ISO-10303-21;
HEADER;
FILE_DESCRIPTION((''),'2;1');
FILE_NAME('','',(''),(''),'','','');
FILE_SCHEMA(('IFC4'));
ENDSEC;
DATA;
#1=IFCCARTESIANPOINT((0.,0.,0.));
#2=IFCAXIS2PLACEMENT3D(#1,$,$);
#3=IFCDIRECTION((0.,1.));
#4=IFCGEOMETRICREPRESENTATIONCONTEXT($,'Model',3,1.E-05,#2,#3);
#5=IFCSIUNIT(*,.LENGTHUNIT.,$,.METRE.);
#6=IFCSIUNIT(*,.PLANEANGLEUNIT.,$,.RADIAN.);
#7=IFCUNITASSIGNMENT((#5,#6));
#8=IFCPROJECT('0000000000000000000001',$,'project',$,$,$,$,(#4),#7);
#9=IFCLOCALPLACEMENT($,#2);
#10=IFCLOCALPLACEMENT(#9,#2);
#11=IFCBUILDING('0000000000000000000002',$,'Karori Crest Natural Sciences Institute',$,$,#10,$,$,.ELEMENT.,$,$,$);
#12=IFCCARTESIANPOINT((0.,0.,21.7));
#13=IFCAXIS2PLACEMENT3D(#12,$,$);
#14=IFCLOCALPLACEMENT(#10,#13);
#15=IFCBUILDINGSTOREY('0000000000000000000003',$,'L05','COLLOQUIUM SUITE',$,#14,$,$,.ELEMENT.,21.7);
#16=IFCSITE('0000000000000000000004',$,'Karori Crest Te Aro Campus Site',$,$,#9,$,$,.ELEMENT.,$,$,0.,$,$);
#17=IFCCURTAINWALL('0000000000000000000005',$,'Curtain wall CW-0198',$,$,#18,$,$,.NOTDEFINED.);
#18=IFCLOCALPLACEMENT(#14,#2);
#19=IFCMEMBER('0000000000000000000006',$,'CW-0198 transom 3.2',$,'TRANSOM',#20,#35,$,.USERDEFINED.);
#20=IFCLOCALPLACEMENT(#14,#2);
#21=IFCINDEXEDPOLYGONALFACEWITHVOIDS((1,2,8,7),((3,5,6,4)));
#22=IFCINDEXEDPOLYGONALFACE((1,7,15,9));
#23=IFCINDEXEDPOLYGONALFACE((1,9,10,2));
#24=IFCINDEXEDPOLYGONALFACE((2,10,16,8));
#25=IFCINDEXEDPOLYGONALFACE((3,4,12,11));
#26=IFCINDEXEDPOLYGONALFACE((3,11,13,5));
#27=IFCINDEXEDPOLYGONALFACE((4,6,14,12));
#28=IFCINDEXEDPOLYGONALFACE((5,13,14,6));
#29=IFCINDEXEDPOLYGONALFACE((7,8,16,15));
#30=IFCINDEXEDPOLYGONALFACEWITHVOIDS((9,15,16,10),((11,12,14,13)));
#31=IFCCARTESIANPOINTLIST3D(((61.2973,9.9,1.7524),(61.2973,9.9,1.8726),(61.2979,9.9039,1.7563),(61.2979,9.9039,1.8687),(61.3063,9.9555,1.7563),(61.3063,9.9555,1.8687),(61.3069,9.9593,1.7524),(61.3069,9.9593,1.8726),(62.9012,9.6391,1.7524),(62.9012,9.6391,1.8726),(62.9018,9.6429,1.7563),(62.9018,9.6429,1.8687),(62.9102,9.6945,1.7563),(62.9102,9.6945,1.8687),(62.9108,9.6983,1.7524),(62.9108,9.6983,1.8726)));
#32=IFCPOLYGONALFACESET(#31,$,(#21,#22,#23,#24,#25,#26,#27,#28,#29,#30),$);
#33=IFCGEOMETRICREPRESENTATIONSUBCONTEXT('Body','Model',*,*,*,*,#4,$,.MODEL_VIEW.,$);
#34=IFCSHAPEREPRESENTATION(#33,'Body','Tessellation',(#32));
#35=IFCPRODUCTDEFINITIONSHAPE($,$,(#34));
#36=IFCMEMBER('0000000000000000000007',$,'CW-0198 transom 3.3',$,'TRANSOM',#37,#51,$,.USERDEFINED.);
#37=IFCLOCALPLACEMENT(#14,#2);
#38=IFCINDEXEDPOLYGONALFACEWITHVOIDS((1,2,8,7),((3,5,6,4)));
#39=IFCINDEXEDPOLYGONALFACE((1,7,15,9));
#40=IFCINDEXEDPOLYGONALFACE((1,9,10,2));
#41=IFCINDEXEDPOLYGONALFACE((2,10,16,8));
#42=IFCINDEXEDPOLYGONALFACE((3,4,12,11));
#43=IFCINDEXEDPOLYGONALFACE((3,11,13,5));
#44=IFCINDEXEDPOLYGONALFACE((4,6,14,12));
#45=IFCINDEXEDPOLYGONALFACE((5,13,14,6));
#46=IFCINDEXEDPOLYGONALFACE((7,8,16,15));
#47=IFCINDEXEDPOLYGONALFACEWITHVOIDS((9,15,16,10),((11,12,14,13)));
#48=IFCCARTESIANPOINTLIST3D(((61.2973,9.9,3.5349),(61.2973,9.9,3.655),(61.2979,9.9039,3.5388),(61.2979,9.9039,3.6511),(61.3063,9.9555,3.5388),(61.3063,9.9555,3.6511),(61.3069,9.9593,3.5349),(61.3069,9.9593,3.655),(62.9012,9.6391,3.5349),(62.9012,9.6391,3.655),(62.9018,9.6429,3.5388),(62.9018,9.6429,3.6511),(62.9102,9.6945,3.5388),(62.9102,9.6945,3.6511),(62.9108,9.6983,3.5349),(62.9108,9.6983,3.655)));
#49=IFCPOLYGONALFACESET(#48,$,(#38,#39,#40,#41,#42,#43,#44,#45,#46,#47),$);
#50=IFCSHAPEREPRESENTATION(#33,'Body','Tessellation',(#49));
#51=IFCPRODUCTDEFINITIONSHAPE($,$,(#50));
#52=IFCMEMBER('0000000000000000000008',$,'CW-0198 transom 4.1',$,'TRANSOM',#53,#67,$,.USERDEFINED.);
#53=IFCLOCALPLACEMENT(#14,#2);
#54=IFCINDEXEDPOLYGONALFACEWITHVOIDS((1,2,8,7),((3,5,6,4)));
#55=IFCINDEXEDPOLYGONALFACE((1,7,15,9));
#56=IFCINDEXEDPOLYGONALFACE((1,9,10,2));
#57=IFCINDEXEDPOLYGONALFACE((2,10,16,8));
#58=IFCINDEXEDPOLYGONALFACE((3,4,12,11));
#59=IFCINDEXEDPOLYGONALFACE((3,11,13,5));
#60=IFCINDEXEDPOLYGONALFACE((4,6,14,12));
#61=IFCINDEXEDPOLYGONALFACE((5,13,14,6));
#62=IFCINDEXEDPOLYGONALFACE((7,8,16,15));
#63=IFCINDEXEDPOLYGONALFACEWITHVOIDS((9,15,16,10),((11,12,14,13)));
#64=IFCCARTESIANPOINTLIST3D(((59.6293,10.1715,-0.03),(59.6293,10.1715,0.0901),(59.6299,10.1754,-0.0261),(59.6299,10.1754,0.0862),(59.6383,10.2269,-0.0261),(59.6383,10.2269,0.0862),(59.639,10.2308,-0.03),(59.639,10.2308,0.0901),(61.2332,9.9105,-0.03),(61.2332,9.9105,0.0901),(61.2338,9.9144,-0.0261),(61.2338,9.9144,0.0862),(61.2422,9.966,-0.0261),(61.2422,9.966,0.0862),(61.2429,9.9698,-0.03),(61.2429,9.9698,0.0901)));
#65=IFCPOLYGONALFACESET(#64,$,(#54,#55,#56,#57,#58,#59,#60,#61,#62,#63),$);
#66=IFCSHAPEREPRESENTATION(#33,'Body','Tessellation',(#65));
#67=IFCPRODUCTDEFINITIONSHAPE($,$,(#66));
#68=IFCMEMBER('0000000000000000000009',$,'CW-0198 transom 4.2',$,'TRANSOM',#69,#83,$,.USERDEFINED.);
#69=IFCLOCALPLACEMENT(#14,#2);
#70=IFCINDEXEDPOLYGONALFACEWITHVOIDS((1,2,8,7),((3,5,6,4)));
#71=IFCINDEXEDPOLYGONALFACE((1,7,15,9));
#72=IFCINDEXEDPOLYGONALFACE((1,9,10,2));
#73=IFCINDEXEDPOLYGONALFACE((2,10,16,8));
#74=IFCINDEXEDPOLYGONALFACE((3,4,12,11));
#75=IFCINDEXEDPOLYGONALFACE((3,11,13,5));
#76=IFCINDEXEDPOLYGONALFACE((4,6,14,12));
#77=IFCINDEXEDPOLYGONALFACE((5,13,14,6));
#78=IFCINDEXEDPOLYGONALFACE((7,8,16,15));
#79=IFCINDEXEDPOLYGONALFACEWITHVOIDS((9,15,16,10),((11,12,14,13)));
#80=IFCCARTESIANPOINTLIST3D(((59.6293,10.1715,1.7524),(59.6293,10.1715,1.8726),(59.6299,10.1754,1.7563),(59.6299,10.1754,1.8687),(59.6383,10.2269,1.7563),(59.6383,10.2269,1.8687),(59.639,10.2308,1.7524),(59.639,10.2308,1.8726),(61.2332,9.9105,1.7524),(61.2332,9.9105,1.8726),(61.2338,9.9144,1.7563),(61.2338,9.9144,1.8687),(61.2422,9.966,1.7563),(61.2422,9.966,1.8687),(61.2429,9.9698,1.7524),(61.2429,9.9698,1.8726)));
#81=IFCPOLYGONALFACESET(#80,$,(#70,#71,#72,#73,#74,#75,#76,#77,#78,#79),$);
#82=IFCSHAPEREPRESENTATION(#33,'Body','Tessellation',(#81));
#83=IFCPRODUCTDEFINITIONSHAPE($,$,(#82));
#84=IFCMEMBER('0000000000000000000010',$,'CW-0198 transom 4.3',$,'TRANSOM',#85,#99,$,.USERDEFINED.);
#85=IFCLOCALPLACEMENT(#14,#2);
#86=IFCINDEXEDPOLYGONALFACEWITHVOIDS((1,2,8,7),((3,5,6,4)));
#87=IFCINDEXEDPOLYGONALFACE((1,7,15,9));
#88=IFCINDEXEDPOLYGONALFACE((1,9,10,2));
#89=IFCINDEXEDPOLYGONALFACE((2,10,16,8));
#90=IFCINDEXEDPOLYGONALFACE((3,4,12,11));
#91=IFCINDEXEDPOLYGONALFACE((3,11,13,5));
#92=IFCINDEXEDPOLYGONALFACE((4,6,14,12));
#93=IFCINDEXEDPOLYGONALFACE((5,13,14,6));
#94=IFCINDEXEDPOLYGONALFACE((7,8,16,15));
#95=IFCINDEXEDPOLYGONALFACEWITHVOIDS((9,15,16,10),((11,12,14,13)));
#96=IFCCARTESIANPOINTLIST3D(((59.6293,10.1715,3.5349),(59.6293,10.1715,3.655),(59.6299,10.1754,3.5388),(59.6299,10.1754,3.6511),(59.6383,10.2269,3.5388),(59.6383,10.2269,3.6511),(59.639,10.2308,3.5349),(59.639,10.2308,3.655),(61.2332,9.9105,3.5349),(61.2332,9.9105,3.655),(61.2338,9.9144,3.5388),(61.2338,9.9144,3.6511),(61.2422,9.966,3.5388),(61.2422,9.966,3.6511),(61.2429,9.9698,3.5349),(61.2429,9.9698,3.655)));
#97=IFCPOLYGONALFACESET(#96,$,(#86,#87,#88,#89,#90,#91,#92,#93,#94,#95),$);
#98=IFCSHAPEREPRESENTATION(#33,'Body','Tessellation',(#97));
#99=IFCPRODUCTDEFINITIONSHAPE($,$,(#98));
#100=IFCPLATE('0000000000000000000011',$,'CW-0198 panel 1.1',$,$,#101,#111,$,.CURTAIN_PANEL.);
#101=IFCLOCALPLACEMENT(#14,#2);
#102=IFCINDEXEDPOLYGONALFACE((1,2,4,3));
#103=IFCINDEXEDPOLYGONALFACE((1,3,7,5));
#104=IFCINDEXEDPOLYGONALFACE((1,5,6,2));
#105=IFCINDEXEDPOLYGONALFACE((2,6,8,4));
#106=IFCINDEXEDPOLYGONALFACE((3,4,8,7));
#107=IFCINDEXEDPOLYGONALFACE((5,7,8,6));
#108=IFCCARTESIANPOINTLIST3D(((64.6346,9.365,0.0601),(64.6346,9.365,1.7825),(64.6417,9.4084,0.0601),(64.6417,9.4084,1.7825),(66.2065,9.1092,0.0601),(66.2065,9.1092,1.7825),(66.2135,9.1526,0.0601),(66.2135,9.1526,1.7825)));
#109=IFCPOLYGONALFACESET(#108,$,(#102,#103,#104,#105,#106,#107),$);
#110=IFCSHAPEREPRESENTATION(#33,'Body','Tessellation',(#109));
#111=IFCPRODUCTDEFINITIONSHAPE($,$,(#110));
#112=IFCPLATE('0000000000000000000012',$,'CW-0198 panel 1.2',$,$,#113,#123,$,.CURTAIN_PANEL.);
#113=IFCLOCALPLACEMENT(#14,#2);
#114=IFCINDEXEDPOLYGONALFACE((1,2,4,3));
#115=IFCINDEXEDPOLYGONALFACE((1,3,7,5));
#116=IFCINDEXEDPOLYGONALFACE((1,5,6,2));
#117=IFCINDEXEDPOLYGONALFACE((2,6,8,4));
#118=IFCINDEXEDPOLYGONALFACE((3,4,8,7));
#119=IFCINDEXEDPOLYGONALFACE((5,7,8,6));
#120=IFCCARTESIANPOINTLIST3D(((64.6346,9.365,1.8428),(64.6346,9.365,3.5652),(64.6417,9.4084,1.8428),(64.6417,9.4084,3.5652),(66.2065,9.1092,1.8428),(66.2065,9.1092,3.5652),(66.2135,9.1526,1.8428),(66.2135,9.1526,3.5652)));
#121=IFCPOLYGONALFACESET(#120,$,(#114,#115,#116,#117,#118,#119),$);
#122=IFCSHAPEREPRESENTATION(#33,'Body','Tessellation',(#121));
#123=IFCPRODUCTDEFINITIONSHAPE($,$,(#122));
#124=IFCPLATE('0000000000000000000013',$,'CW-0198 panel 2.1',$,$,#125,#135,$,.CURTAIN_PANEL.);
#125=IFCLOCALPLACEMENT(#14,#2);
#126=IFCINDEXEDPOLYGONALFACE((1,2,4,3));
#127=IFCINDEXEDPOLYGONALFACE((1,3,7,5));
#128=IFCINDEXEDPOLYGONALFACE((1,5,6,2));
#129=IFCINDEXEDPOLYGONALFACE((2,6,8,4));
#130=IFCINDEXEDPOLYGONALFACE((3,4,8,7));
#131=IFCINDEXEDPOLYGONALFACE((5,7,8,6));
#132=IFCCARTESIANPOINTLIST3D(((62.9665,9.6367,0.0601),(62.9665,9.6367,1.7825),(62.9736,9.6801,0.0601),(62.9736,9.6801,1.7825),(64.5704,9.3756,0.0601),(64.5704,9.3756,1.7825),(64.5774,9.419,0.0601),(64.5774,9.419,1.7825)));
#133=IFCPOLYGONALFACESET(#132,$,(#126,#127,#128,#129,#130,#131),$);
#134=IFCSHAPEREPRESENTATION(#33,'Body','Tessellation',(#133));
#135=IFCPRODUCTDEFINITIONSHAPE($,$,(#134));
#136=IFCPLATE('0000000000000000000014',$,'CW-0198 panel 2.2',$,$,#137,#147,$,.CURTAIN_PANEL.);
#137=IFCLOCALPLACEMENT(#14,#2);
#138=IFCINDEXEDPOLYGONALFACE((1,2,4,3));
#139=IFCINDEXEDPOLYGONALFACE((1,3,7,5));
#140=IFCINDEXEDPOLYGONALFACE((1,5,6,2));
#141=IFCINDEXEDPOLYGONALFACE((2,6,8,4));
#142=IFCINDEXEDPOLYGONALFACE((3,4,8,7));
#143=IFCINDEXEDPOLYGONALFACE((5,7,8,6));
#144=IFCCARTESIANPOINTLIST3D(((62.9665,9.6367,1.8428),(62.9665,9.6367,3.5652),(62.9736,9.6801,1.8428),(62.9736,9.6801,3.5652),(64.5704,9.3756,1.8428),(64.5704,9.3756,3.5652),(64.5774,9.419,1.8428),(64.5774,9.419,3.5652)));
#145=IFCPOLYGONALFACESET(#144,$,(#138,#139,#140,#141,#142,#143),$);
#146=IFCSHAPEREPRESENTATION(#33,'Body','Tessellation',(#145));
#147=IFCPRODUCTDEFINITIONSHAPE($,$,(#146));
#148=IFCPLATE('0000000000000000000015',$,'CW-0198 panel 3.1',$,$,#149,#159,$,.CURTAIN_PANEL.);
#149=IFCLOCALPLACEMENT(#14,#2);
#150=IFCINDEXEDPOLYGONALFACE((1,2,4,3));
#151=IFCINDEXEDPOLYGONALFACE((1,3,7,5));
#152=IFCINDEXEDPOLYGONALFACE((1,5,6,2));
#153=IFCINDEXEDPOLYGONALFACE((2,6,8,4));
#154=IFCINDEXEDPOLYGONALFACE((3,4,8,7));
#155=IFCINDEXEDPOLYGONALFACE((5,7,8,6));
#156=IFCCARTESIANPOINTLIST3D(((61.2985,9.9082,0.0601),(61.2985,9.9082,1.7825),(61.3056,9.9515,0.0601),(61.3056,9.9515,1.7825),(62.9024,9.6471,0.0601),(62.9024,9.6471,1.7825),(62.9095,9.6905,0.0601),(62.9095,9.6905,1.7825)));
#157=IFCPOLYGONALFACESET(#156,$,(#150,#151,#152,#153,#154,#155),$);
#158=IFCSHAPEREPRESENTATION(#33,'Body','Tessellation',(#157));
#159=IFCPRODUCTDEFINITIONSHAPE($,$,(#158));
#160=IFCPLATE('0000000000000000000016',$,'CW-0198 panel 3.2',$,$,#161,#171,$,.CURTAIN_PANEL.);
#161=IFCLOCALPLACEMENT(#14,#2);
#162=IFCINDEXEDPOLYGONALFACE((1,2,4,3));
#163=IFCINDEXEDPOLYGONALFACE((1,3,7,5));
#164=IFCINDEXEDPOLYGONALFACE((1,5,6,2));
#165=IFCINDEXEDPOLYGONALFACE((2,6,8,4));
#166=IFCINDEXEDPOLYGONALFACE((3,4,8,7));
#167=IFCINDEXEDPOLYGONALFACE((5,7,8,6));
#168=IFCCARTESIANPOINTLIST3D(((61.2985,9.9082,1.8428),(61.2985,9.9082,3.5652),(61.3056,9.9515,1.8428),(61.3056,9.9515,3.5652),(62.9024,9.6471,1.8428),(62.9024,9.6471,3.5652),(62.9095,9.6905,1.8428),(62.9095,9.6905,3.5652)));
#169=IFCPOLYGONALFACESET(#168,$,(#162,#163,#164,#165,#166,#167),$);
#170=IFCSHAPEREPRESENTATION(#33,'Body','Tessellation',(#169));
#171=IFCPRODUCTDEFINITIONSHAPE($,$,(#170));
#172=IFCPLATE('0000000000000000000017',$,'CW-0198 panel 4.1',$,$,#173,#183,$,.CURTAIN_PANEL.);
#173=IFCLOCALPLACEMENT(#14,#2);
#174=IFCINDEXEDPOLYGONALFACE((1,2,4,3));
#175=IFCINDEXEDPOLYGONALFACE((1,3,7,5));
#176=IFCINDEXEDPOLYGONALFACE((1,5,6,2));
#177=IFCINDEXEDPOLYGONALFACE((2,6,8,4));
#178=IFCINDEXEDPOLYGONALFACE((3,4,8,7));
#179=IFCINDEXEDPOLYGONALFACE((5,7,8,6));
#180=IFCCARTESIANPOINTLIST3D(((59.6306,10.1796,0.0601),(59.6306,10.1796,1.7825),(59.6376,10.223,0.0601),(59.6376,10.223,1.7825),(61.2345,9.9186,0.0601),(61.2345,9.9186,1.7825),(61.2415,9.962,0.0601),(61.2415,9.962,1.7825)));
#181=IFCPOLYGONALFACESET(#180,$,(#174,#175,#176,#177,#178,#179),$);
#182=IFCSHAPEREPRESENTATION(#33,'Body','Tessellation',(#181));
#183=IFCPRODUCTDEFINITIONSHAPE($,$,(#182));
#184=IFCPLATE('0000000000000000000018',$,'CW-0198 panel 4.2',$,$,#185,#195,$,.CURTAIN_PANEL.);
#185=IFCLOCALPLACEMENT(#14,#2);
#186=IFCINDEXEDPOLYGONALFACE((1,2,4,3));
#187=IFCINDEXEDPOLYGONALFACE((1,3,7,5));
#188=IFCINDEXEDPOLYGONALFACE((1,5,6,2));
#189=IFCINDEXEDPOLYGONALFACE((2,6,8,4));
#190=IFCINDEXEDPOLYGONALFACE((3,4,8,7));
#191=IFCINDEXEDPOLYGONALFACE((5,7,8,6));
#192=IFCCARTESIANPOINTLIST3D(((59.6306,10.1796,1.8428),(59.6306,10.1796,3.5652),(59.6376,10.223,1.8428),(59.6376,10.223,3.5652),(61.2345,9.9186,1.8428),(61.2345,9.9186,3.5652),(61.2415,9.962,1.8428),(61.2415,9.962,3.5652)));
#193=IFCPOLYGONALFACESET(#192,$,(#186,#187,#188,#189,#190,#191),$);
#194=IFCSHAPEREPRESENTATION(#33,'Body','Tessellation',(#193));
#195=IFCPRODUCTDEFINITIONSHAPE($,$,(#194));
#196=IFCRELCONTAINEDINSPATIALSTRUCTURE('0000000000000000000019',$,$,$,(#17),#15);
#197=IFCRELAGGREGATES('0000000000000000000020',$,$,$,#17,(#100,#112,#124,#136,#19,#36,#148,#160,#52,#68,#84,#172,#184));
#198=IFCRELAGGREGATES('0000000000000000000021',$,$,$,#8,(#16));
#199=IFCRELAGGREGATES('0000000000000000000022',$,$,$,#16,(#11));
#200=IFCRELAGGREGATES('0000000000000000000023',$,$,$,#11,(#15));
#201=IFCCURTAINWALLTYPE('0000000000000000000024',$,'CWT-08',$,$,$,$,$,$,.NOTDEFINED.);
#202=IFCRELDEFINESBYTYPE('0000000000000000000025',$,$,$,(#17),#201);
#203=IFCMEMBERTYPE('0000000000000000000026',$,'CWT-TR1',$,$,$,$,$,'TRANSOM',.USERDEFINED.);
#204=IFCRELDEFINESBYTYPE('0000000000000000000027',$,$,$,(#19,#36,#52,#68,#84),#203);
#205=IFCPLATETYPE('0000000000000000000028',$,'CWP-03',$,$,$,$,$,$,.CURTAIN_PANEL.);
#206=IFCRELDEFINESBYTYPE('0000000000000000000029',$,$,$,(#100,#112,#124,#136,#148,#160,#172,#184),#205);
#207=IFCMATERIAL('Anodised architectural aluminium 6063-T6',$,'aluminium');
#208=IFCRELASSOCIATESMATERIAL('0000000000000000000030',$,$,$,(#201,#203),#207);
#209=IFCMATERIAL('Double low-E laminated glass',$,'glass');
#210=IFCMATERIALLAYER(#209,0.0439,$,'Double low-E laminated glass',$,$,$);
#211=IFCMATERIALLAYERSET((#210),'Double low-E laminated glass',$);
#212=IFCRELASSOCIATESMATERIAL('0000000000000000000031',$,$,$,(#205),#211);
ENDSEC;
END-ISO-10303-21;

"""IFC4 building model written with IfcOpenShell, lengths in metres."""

from ifc_helpers import new_model, si_unit, direction, frame, origin, origin_2d, place, context, subcontext, project, spatial, rectangle, hollow_rectangle, extrude, material, layer, layer_set, material_profile, profile_set, type_object, element, aggregate, save


model = new_model("IFC4")

# Units and contexts
model_context = context("Model", 3, precision=1e-05, world=origin(), true_north=direction((0.0, 1.0)))
body_context = subcontext(model_context, "Body", "Model", "MODEL_VIEW")
ifc_project = project(units=[si_unit("LENGTHUNIT", "METRE"), si_unit("PLANEANGLEUNIT", "RADIAN")], contexts=[model_context])

# Site, building, storey
site_placement = place(None, origin())
site = spatial("IfcSite", under=ifc_project, at=site_placement, Name="Karori Crest Te Aro Campus Site", CompositionType="ELEMENT", RefElevation=0.0)
building_placement = place(site_placement, origin())
building = spatial("IfcBuilding", under=site, at=building_placement, Name="Karori Crest Natural Sciences Institute", CompositionType="ELEMENT")
storey_placement = place(building_placement, frame((0.0, 0.0, 21.7)))
storey = spatial("IfcBuildingStorey", under=building, at=storey_placement, Name="L05", Description="COLLOQUIUM SUITE", CompositionType="ELEMENT", Elevation=21.7)

# Curtain wall, members, plates
ifc_material_1 = material(Name="Anodised architectural aluminium 6063-T6", Category="aluminium")
curtain_wall_type = type_object("IfcCurtainWallType", Name="CWT-08", PredefinedType="NOTDEFINED", material=ifc_material_1)
curtain_wall_placement = place(storey_placement, origin())
curtain_wall = element("IfcCurtainWall", 1, at=curtain_wall_placement, inside=storey, type_object=curtain_wall_type, Name="Curtain wall CW-0198", PredefinedType="NOTDEFINED")
ifc_material_profile_1 = material_profile(ifc_material_1, hollow_rectangle(XDim=0.0601, YDim=0.1201, WallThickness=0.0039, at=origin_2d()), Name="CWT120x60x4")
ifc_profile_set_1 = profile_set([ifc_material_profile_1], Name="Anodised architectural aluminium 6063-T6")
member_type_1 = type_object("IfcMemberType", Name="CWT-TR1", ElementType="TRANSOM", PredefinedType="USERDEFINED", material=ifc_profile_set_1)
member_1_placement = place(storey_placement, frame((62.906, 9.6687, 1.8125), z_axis=(-0.98702, 0.160597, 0.0), x_axis=(-0.160597, -0.98702, 0.0)))
member_1 = element("IfcMember", 2, at=member_1_placement, type_object=member_type_1, Name="CW-0198 transom 3.2", ObjectType="TRANSOM", PredefinedType="USERDEFINED", context=body_context, shape_type="SweptSolid", body=[
    extrude(hollow_rectangle(XDim=0.0601, YDim=0.1201, WallThickness=0.0039, at=origin_2d()), origin(), (0.0, 0.0, 1.0), 1.625),
])
member_2_placement = place(storey_placement, frame((62.906, 9.6687, 3.595), z_axis=(-0.98702, 0.160597, 0.0), x_axis=(-0.160597, -0.98702, 0.0)))
member_2 = element("IfcMember", 3, at=member_2_placement, type_object=member_type_1, Name="CW-0198 transom 3.3", ObjectType="TRANSOM", PredefinedType="USERDEFINED", context=body_context, shape_type="SweptSolid", body=[
    extrude(hollow_rectangle(XDim=0.0601, YDim=0.1201, WallThickness=0.0039, at=origin_2d()), origin(), (0.0, 0.0, 1.0), 1.625),
])
member_3_placement = place(storey_placement, frame((61.238, 9.9402, 0.03), z_axis=(-0.98702, 0.160597, 0.0), x_axis=(-0.160597, -0.98702, 0.0)))
member_3 = element("IfcMember", 4, at=member_3_placement, type_object=member_type_1, Name="CW-0198 transom 4.1", ObjectType="TRANSOM", PredefinedType="USERDEFINED", context=body_context, shape_type="SweptSolid", body=[
    extrude(hollow_rectangle(XDim=0.0601, YDim=0.1201, WallThickness=0.0039, at=origin_2d()), origin(), (0.0, 0.0, 1.0), 1.625),
])
member_4_placement = place(storey_placement, frame((61.238, 9.9402, 1.8125), z_axis=(-0.98702, 0.160597, 0.0), x_axis=(-0.160597, -0.98702, 0.0)))
member_4 = element("IfcMember", 5, at=member_4_placement, type_object=member_type_1, Name="CW-0198 transom 4.2", ObjectType="TRANSOM", PredefinedType="USERDEFINED", context=body_context, shape_type="SweptSolid", body=[
    extrude(hollow_rectangle(XDim=0.0601, YDim=0.1201, WallThickness=0.0039, at=origin_2d()), origin(), (0.0, 0.0, 1.0), 1.625),
])
member_5_placement = place(storey_placement, frame((61.238, 9.9402, 3.595), z_axis=(-0.98702, 0.160597, 0.0), x_axis=(-0.160597, -0.98702, 0.0)))
member_5 = element("IfcMember", 6, at=member_5_placement, type_object=member_type_1, Name="CW-0198 transom 4.3", ObjectType="TRANSOM", PredefinedType="USERDEFINED", context=body_context, shape_type="SweptSolid", body=[
    extrude(hollow_rectangle(XDim=0.0601, YDim=0.1201, WallThickness=0.0039, at=origin_2d()), origin(), (0.0, 0.0, 1.0), 1.625),
])
ifc_material_2 = material(Name="Double low-E laminated glass", Category="glass")
ifc_layer_1 = layer(ifc_material_2, 0.0439, Name="Double low-E laminated glass")
ifc_layer_set_1 = layer_set([ifc_layer_1], Name="Double low-E laminated glass")
plate_type = type_object("IfcPlateType", Name="CWP-03", PredefinedType="CURTAIN_PANEL", material=ifc_layer_set_1)
plate_1_placement = place(storey_placement, frame((65.4241, 9.2588, 0.0601), z_axis=(0.0, 0.0, 1.0), x_axis=(-0.987011, 0.160655, 0.0)))
plate_1 = element("IfcPlate", 7, at=plate_1_placement, type_object=plate_type, Name="CW-0198 panel 1.1", PredefinedType="CURTAIN_PANEL", context=body_context, shape_type="SweptSolid", body=[
    extrude(rectangle(XDim=1.5925, YDim=0.0439, at=origin_2d()), origin(), (0.0, 0.0, 1.0), 1.7224),
])
plate_2_placement = place(storey_placement, frame((65.4241, 9.2588, 1.8428), z_axis=(0.0, 0.0, 1.0), x_axis=(-0.987011, 0.160655, 0.0)))
plate_2 = element("IfcPlate", 8, at=plate_2_placement, type_object=plate_type, Name="CW-0198 panel 1.2", PredefinedType="CURTAIN_PANEL", context=body_context, shape_type="SweptSolid", body=[
    extrude(rectangle(XDim=1.5925, YDim=0.0439, at=origin_2d()), origin(), (0.0, 0.0, 1.0), 1.7224),
])
plate_3_placement = place(storey_placement, frame((63.772, 9.5278, 0.0601), z_axis=(0.0, 0.0, 1.0), x_axis=(-0.987011, 0.160655, 0.0)))
plate_3 = element("IfcPlate", 9, at=plate_3_placement, type_object=plate_type, Name="CW-0198 panel 2.1", PredefinedType="CURTAIN_PANEL", context=body_context, shape_type="SweptSolid", body=[
    extrude(rectangle(XDim=1.625, YDim=0.0439, at=origin_2d()), origin(), (0.0, 0.0, 1.0), 1.7224),
])
plate_4_placement = place(storey_placement, frame((63.772, 9.5278, 1.8428), z_axis=(0.0, 0.0, 1.0), x_axis=(-0.987011, 0.160655, 0.0)))
plate_4 = element("IfcPlate", 10, at=plate_4_placement, type_object=plate_type, Name="CW-0198 panel 2.2", PredefinedType="CURTAIN_PANEL", context=body_context, shape_type="SweptSolid", body=[
    extrude(rectangle(XDim=1.625, YDim=0.0439, at=origin_2d()), origin(), (0.0, 0.0, 1.0), 1.7224),
])
plate_5_placement = place(storey_placement, frame((62.104, 9.7993, 0.0601), z_axis=(0.0, 0.0, 1.0), x_axis=(-0.987011, 0.160655, 0.0)))
plate_5 = element("IfcPlate", 11, at=plate_5_placement, type_object=plate_type, Name="CW-0198 panel 3.1", PredefinedType="CURTAIN_PANEL", context=body_context, shape_type="SweptSolid", body=[
    extrude(rectangle(XDim=1.625, YDim=0.0439, at=origin_2d()), origin(), (0.0, 0.0, 1.0), 1.7224),
])
plate_6_placement = place(storey_placement, frame((62.104, 9.7993, 1.8428), z_axis=(0.0, 0.0, 1.0), x_axis=(-0.987011, 0.160655, 0.0)))
plate_6 = element("IfcPlate", 12, at=plate_6_placement, type_object=plate_type, Name="CW-0198 panel 3.2", PredefinedType="CURTAIN_PANEL", context=body_context, shape_type="SweptSolid", body=[
    extrude(rectangle(XDim=1.625, YDim=0.0439, at=origin_2d()), origin(), (0.0, 0.0, 1.0), 1.7224),
])
plate_7_placement = place(storey_placement, frame((60.436, 10.0708, 0.0601), z_axis=(0.0, 0.0, 1.0), x_axis=(-0.987011, 0.160655, 0.0)))
plate_7 = element("IfcPlate", 13, at=plate_7_placement, type_object=plate_type, Name="CW-0198 panel 4.1", PredefinedType="CURTAIN_PANEL", context=body_context, shape_type="SweptSolid", body=[
    extrude(rectangle(XDim=1.625, YDim=0.0439, at=origin_2d()), origin(), (0.0, 0.0, 1.0), 1.7224),
])
plate_8_placement = place(storey_placement, frame((60.436, 10.0708, 1.8428), z_axis=(0.0, 0.0, 1.0), x_axis=(-0.987011, 0.160655, 0.0)))
plate_8 = element("IfcPlate", 14, at=plate_8_placement, type_object=plate_type, Name="CW-0198 panel 4.2", PredefinedType="CURTAIN_PANEL", context=body_context, shape_type="SweptSolid", body=[
    extrude(rectangle(XDim=1.625, YDim=0.0439, at=origin_2d()), origin(), (0.0, 0.0, 1.0), 1.7224),
])
aggregate(curtain_wall, [plate_1, plate_2, plate_3, plate_4, member_1, member_2, plate_5, plate_6, member_3, member_4, member_5, plate_7, plate_8])

save(model, "model.ifc")
